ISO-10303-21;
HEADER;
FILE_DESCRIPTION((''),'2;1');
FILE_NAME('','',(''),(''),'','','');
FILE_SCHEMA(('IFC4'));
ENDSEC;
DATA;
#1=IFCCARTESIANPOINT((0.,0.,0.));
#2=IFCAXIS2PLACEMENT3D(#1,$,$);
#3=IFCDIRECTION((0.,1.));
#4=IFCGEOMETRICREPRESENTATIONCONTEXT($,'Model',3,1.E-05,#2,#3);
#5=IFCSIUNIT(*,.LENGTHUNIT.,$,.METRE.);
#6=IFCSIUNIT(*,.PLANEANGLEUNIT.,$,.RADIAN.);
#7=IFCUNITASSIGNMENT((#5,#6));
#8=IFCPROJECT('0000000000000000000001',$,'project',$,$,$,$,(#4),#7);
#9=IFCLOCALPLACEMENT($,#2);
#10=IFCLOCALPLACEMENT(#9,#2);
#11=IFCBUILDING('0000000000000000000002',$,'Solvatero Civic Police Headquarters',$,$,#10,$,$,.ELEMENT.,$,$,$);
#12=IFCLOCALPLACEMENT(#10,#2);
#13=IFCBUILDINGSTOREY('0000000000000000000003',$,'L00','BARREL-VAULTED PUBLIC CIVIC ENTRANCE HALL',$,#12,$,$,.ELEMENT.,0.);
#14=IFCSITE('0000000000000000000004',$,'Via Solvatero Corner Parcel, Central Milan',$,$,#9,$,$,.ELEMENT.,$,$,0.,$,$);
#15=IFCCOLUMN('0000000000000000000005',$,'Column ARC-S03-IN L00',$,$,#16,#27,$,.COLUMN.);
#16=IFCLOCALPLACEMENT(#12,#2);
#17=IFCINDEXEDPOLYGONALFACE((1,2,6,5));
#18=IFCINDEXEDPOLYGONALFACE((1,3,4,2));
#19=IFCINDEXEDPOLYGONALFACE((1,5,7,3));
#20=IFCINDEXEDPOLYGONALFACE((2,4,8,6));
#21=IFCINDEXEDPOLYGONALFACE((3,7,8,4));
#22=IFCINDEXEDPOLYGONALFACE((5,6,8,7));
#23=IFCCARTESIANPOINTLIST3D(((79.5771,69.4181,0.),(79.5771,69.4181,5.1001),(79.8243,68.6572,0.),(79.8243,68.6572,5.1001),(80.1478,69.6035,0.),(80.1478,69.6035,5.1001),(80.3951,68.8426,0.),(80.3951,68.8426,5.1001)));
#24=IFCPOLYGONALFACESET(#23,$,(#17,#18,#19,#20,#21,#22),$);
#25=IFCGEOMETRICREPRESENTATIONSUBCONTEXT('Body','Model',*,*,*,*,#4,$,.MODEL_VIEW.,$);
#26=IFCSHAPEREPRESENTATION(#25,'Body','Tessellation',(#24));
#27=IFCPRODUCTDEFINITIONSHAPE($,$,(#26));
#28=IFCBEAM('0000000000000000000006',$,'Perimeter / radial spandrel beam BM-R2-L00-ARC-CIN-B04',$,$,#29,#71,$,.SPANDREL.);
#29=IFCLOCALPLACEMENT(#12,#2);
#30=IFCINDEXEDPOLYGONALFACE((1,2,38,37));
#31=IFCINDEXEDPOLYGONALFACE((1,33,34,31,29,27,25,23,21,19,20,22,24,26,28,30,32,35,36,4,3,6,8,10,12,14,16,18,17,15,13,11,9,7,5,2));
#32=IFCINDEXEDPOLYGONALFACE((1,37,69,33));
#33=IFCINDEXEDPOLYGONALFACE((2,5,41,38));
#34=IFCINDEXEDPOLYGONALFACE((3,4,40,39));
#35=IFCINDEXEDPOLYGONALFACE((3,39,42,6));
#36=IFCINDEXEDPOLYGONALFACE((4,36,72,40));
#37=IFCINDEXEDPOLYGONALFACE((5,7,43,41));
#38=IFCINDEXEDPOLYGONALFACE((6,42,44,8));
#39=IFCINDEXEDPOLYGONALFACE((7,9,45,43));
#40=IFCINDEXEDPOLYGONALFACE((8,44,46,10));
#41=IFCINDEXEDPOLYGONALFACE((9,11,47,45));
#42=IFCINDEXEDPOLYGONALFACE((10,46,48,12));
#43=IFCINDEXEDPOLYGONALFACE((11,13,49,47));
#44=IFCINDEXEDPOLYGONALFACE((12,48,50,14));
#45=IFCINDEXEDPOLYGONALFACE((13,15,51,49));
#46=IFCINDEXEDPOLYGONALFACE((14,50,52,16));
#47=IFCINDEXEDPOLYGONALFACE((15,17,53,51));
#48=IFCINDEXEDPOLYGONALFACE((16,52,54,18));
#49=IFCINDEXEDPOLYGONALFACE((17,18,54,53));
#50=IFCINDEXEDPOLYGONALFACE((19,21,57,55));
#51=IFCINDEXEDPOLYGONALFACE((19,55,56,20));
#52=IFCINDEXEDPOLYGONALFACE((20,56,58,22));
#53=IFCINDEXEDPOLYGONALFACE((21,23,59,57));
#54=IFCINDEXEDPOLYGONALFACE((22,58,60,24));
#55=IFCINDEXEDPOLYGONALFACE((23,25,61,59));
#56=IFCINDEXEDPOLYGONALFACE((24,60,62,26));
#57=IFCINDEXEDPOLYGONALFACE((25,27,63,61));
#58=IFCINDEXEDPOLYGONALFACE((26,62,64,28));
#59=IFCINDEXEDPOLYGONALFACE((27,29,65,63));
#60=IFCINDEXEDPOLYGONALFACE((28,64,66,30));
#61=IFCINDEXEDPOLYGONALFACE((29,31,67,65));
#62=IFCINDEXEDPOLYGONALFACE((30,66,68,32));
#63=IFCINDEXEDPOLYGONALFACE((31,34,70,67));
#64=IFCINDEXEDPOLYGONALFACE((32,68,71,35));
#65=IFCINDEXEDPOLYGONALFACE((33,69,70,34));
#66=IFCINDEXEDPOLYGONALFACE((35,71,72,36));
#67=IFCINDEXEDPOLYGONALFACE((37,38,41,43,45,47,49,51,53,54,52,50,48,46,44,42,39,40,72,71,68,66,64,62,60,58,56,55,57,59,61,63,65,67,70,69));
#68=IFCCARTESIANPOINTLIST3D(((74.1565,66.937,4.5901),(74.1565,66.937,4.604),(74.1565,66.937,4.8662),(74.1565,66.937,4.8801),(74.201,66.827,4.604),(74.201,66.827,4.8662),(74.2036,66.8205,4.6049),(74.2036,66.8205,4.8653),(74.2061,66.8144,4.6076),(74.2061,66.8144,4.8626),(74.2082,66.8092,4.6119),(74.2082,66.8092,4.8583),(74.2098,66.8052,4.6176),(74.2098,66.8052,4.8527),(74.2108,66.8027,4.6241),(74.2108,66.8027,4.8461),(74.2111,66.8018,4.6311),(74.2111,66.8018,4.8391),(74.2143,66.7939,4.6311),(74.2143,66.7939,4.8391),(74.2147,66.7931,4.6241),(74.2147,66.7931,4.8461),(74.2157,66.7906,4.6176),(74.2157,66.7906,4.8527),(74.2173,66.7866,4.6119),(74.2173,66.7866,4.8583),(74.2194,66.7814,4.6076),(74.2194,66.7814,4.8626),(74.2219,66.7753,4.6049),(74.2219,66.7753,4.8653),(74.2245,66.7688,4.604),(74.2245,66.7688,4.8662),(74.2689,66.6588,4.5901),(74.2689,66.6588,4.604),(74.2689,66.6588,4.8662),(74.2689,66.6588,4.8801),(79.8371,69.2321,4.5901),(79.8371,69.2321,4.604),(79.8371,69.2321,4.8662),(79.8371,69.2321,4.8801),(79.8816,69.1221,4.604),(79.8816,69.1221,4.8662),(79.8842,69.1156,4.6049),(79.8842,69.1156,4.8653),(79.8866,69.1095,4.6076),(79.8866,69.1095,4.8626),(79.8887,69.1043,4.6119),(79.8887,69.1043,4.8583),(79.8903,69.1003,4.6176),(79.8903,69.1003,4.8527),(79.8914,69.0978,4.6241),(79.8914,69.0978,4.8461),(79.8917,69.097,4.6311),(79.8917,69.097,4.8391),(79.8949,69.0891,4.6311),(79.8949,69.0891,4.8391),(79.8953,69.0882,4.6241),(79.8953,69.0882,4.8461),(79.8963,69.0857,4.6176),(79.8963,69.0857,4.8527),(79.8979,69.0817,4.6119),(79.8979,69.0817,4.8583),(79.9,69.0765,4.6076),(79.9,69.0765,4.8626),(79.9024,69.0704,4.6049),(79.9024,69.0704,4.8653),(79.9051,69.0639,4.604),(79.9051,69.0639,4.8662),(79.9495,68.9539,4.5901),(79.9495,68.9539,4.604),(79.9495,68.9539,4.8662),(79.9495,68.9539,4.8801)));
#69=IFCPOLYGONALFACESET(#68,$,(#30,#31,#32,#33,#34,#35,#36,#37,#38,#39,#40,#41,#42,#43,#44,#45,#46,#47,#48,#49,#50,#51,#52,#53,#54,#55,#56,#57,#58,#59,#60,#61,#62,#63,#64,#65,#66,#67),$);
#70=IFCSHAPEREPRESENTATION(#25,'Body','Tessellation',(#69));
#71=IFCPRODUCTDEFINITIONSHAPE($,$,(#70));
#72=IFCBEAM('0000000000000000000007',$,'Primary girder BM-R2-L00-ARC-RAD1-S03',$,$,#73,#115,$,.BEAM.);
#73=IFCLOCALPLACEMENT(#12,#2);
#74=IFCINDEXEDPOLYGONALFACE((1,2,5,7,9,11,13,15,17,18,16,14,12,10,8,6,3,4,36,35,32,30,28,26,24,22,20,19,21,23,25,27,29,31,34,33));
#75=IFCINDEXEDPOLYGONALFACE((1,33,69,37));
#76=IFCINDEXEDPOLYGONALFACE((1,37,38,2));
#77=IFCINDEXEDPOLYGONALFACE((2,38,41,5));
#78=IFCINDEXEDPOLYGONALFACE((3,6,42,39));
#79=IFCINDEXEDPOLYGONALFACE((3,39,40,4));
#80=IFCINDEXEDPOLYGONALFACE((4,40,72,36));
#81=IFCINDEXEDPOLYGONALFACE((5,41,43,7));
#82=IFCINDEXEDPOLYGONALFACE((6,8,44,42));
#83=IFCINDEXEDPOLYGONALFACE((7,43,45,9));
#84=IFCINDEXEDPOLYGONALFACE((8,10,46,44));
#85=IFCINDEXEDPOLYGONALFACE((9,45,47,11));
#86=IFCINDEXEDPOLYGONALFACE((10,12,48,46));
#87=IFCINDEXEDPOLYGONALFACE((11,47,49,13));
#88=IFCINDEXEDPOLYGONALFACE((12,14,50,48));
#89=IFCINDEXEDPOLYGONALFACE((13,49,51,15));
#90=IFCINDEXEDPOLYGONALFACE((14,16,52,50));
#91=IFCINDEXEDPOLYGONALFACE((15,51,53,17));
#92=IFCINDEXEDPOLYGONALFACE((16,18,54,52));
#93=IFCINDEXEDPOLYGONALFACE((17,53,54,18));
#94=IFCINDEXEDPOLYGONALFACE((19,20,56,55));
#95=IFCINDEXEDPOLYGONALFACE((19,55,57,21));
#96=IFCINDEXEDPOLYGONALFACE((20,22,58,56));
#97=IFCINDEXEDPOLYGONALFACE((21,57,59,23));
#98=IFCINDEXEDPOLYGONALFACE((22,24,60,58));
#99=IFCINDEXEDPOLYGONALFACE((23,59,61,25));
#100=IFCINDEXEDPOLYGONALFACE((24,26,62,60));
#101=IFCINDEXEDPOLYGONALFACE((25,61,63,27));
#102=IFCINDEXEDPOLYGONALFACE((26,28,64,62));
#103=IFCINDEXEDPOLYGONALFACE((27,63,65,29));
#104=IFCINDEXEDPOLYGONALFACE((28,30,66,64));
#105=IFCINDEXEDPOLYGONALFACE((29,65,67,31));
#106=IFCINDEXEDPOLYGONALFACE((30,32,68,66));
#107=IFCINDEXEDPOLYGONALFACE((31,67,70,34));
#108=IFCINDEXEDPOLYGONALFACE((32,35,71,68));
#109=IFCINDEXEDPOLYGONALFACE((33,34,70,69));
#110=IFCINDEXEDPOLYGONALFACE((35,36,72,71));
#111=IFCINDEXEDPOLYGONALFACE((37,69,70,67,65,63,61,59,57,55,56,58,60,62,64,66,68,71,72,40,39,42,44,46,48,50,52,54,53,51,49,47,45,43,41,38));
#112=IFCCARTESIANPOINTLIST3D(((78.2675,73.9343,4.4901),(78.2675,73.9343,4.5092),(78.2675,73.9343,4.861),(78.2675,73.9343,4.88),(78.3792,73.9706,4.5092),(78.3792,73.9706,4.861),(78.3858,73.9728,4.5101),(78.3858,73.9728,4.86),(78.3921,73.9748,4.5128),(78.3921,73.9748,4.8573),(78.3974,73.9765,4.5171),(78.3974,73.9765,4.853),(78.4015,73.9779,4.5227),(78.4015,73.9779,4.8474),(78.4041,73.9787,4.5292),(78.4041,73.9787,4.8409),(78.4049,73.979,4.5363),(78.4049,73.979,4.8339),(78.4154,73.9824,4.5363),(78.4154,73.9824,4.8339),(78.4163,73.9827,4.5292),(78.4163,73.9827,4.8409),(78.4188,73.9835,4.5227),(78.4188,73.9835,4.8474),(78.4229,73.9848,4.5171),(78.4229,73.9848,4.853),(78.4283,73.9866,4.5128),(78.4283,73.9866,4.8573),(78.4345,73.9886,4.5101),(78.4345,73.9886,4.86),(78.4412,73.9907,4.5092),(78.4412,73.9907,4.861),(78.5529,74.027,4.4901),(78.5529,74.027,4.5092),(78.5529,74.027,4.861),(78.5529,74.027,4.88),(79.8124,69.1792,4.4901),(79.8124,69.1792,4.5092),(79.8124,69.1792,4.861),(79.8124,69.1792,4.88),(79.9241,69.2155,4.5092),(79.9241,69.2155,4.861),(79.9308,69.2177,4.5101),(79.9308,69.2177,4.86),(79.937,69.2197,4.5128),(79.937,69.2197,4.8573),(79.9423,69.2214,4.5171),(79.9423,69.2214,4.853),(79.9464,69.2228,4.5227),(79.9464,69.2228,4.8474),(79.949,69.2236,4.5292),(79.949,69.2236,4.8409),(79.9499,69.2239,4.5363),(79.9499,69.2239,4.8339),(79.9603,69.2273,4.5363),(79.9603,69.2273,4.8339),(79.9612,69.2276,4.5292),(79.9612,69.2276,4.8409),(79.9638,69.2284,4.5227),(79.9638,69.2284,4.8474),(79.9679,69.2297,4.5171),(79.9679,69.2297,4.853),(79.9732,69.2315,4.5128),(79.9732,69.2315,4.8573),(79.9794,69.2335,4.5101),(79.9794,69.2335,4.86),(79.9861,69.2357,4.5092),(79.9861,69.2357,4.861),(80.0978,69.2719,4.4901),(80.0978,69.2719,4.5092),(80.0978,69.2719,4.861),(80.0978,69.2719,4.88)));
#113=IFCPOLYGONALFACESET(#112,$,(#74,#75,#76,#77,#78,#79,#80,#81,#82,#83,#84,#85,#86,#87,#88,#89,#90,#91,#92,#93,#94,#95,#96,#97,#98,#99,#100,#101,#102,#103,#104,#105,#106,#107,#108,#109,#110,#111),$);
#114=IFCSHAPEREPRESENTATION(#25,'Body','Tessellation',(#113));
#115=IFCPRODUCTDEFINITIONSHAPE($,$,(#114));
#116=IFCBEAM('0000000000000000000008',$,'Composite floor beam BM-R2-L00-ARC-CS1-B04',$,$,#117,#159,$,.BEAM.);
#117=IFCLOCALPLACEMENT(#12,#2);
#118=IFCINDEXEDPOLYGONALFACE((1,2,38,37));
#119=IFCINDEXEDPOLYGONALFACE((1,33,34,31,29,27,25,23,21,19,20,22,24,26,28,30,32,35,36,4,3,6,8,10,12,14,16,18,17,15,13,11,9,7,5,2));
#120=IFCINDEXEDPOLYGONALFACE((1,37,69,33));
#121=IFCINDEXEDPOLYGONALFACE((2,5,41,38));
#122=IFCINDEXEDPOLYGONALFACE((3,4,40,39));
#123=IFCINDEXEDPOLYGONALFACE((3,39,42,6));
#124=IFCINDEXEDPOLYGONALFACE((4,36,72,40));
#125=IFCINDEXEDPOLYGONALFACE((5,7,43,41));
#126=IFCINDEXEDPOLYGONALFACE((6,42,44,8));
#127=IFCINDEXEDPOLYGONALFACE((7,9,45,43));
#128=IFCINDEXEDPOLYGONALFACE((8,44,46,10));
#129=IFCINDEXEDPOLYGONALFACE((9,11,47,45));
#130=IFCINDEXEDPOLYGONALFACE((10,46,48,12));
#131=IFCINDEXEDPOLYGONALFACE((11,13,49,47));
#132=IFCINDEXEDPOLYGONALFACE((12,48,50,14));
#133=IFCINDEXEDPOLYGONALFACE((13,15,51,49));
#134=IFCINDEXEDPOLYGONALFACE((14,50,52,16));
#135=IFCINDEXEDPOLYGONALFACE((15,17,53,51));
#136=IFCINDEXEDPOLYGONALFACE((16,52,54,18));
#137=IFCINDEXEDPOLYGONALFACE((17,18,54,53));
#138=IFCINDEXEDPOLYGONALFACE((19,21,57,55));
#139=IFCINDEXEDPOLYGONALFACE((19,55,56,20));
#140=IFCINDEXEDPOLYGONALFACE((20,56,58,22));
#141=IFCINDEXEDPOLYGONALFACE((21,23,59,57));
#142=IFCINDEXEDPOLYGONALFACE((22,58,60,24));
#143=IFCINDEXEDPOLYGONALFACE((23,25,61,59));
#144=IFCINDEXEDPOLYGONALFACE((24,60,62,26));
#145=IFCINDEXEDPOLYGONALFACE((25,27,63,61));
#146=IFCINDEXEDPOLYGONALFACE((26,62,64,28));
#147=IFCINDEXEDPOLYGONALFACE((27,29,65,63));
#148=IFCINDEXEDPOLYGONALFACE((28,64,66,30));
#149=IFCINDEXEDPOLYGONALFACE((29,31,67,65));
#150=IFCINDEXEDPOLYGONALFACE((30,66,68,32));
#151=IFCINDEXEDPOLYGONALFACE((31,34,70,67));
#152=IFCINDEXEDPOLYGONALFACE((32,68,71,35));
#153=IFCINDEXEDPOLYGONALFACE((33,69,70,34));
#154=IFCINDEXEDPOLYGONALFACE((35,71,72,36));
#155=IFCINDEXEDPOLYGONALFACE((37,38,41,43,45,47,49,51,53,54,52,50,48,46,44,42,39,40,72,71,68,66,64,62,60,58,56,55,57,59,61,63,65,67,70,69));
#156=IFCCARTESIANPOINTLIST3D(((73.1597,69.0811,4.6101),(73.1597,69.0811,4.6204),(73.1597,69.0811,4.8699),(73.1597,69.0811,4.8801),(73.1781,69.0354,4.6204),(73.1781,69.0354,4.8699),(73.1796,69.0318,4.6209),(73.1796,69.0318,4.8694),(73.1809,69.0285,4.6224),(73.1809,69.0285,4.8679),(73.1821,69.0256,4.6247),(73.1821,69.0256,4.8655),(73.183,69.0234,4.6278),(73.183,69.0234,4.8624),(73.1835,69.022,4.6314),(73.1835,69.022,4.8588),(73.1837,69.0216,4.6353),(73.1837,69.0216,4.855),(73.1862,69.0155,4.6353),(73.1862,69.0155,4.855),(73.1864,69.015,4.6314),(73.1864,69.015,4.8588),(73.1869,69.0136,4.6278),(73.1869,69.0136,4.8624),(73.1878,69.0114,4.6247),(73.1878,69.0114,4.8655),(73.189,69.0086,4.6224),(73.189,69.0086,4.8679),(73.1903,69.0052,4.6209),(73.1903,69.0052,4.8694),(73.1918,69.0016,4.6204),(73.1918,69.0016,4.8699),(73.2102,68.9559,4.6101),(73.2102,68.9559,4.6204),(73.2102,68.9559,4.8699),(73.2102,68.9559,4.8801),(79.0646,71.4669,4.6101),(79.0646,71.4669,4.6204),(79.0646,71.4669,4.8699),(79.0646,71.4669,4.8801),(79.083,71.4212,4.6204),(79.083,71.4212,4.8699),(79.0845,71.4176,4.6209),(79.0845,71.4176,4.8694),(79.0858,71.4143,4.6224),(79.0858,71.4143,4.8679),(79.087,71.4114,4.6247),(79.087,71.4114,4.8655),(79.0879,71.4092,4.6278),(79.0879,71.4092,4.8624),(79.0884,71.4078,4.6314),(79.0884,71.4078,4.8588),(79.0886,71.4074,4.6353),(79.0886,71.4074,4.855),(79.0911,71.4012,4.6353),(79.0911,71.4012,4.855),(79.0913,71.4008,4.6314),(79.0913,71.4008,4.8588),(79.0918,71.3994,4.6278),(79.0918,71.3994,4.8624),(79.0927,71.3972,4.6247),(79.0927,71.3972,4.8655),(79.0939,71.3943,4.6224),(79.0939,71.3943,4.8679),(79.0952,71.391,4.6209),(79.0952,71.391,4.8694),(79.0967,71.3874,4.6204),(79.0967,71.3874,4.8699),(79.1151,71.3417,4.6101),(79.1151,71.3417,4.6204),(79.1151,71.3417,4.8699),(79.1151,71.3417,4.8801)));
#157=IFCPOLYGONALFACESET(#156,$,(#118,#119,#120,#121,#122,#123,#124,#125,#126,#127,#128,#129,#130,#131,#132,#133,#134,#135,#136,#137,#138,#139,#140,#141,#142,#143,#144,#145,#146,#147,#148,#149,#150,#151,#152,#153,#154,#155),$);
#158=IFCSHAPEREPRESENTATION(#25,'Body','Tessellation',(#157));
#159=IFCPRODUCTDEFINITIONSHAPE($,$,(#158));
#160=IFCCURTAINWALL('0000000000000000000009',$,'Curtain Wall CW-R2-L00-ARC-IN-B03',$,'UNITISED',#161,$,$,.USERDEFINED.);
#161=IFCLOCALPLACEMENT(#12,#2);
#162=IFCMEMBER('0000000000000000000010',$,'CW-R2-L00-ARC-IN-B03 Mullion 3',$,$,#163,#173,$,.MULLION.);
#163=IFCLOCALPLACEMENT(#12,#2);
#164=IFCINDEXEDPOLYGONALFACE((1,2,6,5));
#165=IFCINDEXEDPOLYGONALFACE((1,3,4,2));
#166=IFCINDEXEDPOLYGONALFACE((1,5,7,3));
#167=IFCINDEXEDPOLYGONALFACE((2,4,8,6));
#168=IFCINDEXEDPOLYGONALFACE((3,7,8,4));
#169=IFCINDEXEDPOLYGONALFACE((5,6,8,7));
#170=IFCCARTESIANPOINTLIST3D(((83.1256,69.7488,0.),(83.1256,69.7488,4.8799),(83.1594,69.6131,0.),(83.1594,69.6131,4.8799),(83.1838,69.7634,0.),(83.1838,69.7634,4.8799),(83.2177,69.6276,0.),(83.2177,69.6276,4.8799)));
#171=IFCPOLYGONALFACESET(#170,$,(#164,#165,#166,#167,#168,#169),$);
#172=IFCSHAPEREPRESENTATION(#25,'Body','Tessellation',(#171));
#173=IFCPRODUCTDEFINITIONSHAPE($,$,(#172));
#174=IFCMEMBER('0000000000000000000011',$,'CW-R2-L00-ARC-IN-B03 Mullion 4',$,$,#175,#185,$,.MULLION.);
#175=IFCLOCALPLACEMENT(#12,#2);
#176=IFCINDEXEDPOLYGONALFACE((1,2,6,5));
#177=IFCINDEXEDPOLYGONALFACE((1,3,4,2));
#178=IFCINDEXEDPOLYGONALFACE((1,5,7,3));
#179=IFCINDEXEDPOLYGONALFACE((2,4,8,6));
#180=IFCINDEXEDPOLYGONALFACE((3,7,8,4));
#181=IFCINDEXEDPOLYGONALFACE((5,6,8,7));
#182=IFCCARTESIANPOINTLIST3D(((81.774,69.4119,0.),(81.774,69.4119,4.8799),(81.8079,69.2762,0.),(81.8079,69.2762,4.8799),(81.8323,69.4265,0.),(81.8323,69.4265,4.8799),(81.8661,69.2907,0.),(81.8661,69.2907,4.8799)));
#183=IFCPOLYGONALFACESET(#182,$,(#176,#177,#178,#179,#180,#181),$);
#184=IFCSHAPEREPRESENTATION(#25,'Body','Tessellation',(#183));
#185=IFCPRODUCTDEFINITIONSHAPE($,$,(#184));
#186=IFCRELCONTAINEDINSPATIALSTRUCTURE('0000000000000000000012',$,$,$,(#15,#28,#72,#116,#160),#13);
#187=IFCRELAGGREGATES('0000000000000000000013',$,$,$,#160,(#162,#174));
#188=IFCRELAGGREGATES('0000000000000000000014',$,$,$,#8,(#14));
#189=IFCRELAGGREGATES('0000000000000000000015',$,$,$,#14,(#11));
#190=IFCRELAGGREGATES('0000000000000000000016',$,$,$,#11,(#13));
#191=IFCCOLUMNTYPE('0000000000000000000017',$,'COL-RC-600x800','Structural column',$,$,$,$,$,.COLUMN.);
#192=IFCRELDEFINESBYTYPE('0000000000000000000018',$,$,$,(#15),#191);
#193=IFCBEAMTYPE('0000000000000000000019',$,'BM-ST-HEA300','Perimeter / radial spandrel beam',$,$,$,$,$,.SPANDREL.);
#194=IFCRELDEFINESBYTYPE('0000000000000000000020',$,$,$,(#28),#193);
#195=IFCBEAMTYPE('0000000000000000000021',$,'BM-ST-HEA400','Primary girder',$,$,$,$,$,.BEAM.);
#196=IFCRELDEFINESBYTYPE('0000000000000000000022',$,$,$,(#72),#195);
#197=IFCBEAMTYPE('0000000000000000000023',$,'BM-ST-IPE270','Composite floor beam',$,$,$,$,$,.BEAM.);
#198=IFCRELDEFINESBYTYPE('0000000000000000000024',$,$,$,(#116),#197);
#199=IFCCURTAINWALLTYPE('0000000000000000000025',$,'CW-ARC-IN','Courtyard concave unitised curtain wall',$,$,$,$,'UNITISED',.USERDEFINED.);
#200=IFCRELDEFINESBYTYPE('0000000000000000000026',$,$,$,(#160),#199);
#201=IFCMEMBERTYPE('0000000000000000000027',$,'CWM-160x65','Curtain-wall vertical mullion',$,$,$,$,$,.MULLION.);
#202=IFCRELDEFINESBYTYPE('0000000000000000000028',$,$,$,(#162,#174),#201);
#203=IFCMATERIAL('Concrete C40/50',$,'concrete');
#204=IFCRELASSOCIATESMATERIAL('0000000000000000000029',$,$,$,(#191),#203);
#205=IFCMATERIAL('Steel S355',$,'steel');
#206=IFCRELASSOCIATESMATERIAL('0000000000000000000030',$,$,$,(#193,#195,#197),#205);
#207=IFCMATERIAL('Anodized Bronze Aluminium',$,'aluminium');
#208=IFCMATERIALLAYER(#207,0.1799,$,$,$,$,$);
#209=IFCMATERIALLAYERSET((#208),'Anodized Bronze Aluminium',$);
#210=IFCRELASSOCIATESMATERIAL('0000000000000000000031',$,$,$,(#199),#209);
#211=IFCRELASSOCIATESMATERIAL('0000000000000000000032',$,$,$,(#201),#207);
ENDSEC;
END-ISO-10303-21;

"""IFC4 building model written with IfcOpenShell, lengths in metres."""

from ifc_helpers import new_model, si_unit, direction, frame, origin, origin_2d, place, context, subcontext, project, spatial, rectangle, i_section, extrude, material, layer, layer_set, material_profile, profile_set, type_object, element, aggregate, save


model = new_model("IFC4")

# Units and contexts
model_context = context("Model", 3, precision=1e-05, world=origin(), true_north=direction((0.0, 1.0)))
body_context = subcontext(model_context, "Body", "Model", "MODEL_VIEW")
ifc_project = project(units=[si_unit("LENGTHUNIT", "METRE"), si_unit("PLANEANGLEUNIT", "RADIAN")], contexts=[model_context])

# Site, building, storey
site_placement = place(None, origin())
site = spatial("IfcSite", under=ifc_project, at=site_placement, Name="Via Solvatero Corner Parcel, Central Milan", CompositionType="ELEMENT", RefElevation=0.0)
building_placement = place(site_placement, origin())
building = spatial("IfcBuilding", under=site, at=building_placement, Name="Solvatero Civic Police Headquarters", CompositionType="ELEMENT")
storey_placement = place(building_placement, origin())
storey = spatial("IfcBuildingStorey", under=building, at=storey_placement, Name="L00", Description="BARREL-VAULTED PUBLIC CIVIC ENTRANCE HALL", CompositionType="ELEMENT", Elevation=0.0)

# Column
ifc_material_1 = material(Name="Concrete C40/50", Category="concrete")
ifc_material_profile_1 = material_profile(ifc_material_1, rectangle(XDim=0.6001, YDim=0.8, at=origin_2d()), Name="RC 600x800")
ifc_profile_set_1 = profile_set([ifc_material_profile_1], Name="Concrete C40/50")
column_type = type_object("IfcColumnType", Name="COL-RC-600x800", Description="Structural column", PredefinedType="COLUMN", material=ifc_profile_set_1)
column_placement = place(storey_placement, frame((79.9861, 69.1304, 0.0), z_axis=(0.0, 0.0, 1.0), x_axis=(0.951057, 0.309017, 0.0)))
element("IfcColumn", 1, at=column_placement, inside=storey, type_object=column_type, Name="Column ARC-S03-IN L00", PredefinedType="COLUMN", context=body_context, shape_type="SweptSolid", body=[
    extrude(rectangle(XDim=0.6001, YDim=0.8, at=origin_2d()), origin(), (0.0, 0.0, 1.0), 5.1001),
])

# Beams
ifc_material_2 = material(Name="Steel S355", Category="steel")
ifc_material_profile_2 = material_profile(ifc_material_2, i_section(OverallWidth=0.3, OverallDepth=0.29, WebThickness=0.0085, FlangeThickness=0.0139, FilletRadius=0.0271, at=origin_2d()), Name="HEA 300")
ifc_profile_set_2 = profile_set([ifc_material_profile_2], Name="Steel S355")
beam_type_1 = type_object("IfcBeamType", Name="BM-ST-HEA300", Description="Perimeter / radial spandrel beam", PredefinedType="SPANDREL", material=ifc_profile_set_2)
beam_1_placement = place(storey_placement, frame((79.8933, 69.093, 4.7351), z_axis=(-0.927182, -0.374611, 0.0), x_axis=(0.374611, -0.927182, 0.0)))
element("IfcBeam", 2, at=beam_1_placement, inside=storey, type_object=beam_type_1, Name="Perimeter / radial spandrel beam BM-R2-L00-ARC-CIN-B04", PredefinedType="SPANDREL", context=body_context, shape_type="SweptSolid", body=[
    extrude(i_section(OverallWidth=0.3, OverallDepth=0.29, WebThickness=0.0085, FlangeThickness=0.0139, FilletRadius=0.0271, at=origin_2d()), origin(), (0.0, 0.0, 1.0), 6.1267),
])
ifc_material_profile_3 = material_profile(ifc_material_2, i_section(OverallWidth=0.3, OverallDepth=0.3899, WebThickness=0.011, FlangeThickness=0.019, FilletRadius=0.0271, at=origin_2d()), Name="HEA 400")
ifc_profile_set_3 = profile_set([ifc_material_profile_3], Name="Steel S355")
beam_type_2 = type_object("IfcBeamType", Name="BM-ST-HEA400", Description="Primary girder", PredefinedType="BEAM", material=ifc_profile_set_3)
beam_2_placement = place(storey_placement, frame((79.9551, 69.2256, 4.6851), z_axis=(-0.308997, 0.951063, 0.0), x_axis=(-0.951063, -0.308997, 0.0)))
element("IfcBeam", 3, at=beam_2_placement, inside=storey, type_object=beam_type_2, Name="Primary girder BM-R2-L00-ARC-RAD1-S03", PredefinedType="BEAM", context=body_context, shape_type="SweptSolid", body=[
    extrude(i_section(OverallWidth=0.3, OverallDepth=0.3899, WebThickness=0.011, FlangeThickness=0.019, FilletRadius=0.0271, at=origin_2d()), origin(), (0.0, 0.0, 1.0), 4.9998),
])
ifc_material_profile_4 = material_profile(ifc_material_2, i_section(OverallWidth=0.135, OverallDepth=0.27, WebThickness=0.0066, FlangeThickness=0.0103, FilletRadius=0.0149, at=origin_2d()), Name="IPE 270")
ifc_profile_set_4 = profile_set([ifc_material_profile_4], Name="Steel S355")
beam_type_3 = type_object("IfcBeamType", Name="BM-ST-IPE270", Description="Composite floor beam", PredefinedType="BEAM", material=ifc_profile_set_4)
beam_3_placement = place(storey_placement, frame((79.0898, 71.4043, 4.7451), z_axis=(-0.927181, -0.374614, 0.0), x_axis=(0.374614, -0.927181, 0.0)))
element("IfcBeam", 4, at=beam_3_placement, inside=storey, type_object=beam_type_3, Name="Composite floor beam BM-R2-L00-ARC-CS1-B04", PredefinedType="BEAM", context=body_context, shape_type="SweptSolid", body=[
    extrude(i_section(OverallWidth=0.135, OverallDepth=0.27, WebThickness=0.0066, FlangeThickness=0.0103, FilletRadius=0.0149, at=origin_2d()), origin(), (0.0, 0.0, 1.0), 6.3687),
])

# Curtain wall, members
ifc_material_3 = material(Name="Anodized Bronze Aluminium", Category="aluminium")
ifc_layer_1 = layer(ifc_material_3, 0.1799)
ifc_layer_set_1 = layer_set([ifc_layer_1], Name="Anodized Bronze Aluminium")
curtain_wall_type = type_object("IfcCurtainWallType", Name="CW-ARC-IN", Description="Courtyard concave unitised curtain wall", ElementType="UNITISED", PredefinedType="USERDEFINED", material=ifc_layer_set_1)
curtain_wall_1_placement = place(storey_placement, origin())
curtain_wall_1 = element("IfcCurtainWall", 5, at=curtain_wall_1_placement, inside=storey, type_object=curtain_wall_type, Name="Curtain Wall CW-R2-L00-ARC-IN-B03", ObjectType="UNITISED", PredefinedType="USERDEFINED")
ifc_material_profile_5 = material_profile(ifc_material_3, rectangle(XDim=0.0601, YDim=0.1399, at=origin_2d()), Name="ALU MULLION 60x140")
ifc_profile_set_5 = profile_set([ifc_material_profile_5], Name="Anodized Bronze Aluminium")
member_type_1 = type_object("IfcMemberType", Name="CWM-160x65", Description="Curtain-wall vertical mullion", PredefinedType="MULLION", material=ifc_profile_set_5)
member_1_placement = place(storey_placement, frame((83.1716, 69.6882, 0.0), z_axis=(0.0, 0.0, 1.0), x_axis=(-0.970296, -0.241922, 0.0)))
member_1 = element("IfcMember", 6, at=member_1_placement, type_object=member_type_1, Name="CW-R2-L00-ARC-IN-B03 Mullion 3", PredefinedType="MULLION", context=body_context, shape_type="SweptSolid", body=[
    extrude(rectangle(XDim=0.0601, YDim=0.1399, at=origin_2d()), origin(), (0.0, 0.0, 1.0), 4.8799),
])
member_2_placement = place(storey_placement, frame((81.8201, 69.3513, 0.0), z_axis=(0.0, 0.0, 1.0), x_axis=(-0.970296, -0.241922, 0.0)))
member_2 = element("IfcMember", 7, at=member_2_placement, type_object=member_type_1, Name="CW-R2-L00-ARC-IN-B03 Mullion 4", PredefinedType="MULLION", context=body_context, shape_type="SweptSolid", body=[
    extrude(rectangle(XDim=0.0601, YDim=0.1399, at=origin_2d()), origin(), (0.0, 0.0, 1.0), 4.8799),
])

aggregate(curtain_wall_1, [member_1, member_2])

save(model, "model.ifc")
